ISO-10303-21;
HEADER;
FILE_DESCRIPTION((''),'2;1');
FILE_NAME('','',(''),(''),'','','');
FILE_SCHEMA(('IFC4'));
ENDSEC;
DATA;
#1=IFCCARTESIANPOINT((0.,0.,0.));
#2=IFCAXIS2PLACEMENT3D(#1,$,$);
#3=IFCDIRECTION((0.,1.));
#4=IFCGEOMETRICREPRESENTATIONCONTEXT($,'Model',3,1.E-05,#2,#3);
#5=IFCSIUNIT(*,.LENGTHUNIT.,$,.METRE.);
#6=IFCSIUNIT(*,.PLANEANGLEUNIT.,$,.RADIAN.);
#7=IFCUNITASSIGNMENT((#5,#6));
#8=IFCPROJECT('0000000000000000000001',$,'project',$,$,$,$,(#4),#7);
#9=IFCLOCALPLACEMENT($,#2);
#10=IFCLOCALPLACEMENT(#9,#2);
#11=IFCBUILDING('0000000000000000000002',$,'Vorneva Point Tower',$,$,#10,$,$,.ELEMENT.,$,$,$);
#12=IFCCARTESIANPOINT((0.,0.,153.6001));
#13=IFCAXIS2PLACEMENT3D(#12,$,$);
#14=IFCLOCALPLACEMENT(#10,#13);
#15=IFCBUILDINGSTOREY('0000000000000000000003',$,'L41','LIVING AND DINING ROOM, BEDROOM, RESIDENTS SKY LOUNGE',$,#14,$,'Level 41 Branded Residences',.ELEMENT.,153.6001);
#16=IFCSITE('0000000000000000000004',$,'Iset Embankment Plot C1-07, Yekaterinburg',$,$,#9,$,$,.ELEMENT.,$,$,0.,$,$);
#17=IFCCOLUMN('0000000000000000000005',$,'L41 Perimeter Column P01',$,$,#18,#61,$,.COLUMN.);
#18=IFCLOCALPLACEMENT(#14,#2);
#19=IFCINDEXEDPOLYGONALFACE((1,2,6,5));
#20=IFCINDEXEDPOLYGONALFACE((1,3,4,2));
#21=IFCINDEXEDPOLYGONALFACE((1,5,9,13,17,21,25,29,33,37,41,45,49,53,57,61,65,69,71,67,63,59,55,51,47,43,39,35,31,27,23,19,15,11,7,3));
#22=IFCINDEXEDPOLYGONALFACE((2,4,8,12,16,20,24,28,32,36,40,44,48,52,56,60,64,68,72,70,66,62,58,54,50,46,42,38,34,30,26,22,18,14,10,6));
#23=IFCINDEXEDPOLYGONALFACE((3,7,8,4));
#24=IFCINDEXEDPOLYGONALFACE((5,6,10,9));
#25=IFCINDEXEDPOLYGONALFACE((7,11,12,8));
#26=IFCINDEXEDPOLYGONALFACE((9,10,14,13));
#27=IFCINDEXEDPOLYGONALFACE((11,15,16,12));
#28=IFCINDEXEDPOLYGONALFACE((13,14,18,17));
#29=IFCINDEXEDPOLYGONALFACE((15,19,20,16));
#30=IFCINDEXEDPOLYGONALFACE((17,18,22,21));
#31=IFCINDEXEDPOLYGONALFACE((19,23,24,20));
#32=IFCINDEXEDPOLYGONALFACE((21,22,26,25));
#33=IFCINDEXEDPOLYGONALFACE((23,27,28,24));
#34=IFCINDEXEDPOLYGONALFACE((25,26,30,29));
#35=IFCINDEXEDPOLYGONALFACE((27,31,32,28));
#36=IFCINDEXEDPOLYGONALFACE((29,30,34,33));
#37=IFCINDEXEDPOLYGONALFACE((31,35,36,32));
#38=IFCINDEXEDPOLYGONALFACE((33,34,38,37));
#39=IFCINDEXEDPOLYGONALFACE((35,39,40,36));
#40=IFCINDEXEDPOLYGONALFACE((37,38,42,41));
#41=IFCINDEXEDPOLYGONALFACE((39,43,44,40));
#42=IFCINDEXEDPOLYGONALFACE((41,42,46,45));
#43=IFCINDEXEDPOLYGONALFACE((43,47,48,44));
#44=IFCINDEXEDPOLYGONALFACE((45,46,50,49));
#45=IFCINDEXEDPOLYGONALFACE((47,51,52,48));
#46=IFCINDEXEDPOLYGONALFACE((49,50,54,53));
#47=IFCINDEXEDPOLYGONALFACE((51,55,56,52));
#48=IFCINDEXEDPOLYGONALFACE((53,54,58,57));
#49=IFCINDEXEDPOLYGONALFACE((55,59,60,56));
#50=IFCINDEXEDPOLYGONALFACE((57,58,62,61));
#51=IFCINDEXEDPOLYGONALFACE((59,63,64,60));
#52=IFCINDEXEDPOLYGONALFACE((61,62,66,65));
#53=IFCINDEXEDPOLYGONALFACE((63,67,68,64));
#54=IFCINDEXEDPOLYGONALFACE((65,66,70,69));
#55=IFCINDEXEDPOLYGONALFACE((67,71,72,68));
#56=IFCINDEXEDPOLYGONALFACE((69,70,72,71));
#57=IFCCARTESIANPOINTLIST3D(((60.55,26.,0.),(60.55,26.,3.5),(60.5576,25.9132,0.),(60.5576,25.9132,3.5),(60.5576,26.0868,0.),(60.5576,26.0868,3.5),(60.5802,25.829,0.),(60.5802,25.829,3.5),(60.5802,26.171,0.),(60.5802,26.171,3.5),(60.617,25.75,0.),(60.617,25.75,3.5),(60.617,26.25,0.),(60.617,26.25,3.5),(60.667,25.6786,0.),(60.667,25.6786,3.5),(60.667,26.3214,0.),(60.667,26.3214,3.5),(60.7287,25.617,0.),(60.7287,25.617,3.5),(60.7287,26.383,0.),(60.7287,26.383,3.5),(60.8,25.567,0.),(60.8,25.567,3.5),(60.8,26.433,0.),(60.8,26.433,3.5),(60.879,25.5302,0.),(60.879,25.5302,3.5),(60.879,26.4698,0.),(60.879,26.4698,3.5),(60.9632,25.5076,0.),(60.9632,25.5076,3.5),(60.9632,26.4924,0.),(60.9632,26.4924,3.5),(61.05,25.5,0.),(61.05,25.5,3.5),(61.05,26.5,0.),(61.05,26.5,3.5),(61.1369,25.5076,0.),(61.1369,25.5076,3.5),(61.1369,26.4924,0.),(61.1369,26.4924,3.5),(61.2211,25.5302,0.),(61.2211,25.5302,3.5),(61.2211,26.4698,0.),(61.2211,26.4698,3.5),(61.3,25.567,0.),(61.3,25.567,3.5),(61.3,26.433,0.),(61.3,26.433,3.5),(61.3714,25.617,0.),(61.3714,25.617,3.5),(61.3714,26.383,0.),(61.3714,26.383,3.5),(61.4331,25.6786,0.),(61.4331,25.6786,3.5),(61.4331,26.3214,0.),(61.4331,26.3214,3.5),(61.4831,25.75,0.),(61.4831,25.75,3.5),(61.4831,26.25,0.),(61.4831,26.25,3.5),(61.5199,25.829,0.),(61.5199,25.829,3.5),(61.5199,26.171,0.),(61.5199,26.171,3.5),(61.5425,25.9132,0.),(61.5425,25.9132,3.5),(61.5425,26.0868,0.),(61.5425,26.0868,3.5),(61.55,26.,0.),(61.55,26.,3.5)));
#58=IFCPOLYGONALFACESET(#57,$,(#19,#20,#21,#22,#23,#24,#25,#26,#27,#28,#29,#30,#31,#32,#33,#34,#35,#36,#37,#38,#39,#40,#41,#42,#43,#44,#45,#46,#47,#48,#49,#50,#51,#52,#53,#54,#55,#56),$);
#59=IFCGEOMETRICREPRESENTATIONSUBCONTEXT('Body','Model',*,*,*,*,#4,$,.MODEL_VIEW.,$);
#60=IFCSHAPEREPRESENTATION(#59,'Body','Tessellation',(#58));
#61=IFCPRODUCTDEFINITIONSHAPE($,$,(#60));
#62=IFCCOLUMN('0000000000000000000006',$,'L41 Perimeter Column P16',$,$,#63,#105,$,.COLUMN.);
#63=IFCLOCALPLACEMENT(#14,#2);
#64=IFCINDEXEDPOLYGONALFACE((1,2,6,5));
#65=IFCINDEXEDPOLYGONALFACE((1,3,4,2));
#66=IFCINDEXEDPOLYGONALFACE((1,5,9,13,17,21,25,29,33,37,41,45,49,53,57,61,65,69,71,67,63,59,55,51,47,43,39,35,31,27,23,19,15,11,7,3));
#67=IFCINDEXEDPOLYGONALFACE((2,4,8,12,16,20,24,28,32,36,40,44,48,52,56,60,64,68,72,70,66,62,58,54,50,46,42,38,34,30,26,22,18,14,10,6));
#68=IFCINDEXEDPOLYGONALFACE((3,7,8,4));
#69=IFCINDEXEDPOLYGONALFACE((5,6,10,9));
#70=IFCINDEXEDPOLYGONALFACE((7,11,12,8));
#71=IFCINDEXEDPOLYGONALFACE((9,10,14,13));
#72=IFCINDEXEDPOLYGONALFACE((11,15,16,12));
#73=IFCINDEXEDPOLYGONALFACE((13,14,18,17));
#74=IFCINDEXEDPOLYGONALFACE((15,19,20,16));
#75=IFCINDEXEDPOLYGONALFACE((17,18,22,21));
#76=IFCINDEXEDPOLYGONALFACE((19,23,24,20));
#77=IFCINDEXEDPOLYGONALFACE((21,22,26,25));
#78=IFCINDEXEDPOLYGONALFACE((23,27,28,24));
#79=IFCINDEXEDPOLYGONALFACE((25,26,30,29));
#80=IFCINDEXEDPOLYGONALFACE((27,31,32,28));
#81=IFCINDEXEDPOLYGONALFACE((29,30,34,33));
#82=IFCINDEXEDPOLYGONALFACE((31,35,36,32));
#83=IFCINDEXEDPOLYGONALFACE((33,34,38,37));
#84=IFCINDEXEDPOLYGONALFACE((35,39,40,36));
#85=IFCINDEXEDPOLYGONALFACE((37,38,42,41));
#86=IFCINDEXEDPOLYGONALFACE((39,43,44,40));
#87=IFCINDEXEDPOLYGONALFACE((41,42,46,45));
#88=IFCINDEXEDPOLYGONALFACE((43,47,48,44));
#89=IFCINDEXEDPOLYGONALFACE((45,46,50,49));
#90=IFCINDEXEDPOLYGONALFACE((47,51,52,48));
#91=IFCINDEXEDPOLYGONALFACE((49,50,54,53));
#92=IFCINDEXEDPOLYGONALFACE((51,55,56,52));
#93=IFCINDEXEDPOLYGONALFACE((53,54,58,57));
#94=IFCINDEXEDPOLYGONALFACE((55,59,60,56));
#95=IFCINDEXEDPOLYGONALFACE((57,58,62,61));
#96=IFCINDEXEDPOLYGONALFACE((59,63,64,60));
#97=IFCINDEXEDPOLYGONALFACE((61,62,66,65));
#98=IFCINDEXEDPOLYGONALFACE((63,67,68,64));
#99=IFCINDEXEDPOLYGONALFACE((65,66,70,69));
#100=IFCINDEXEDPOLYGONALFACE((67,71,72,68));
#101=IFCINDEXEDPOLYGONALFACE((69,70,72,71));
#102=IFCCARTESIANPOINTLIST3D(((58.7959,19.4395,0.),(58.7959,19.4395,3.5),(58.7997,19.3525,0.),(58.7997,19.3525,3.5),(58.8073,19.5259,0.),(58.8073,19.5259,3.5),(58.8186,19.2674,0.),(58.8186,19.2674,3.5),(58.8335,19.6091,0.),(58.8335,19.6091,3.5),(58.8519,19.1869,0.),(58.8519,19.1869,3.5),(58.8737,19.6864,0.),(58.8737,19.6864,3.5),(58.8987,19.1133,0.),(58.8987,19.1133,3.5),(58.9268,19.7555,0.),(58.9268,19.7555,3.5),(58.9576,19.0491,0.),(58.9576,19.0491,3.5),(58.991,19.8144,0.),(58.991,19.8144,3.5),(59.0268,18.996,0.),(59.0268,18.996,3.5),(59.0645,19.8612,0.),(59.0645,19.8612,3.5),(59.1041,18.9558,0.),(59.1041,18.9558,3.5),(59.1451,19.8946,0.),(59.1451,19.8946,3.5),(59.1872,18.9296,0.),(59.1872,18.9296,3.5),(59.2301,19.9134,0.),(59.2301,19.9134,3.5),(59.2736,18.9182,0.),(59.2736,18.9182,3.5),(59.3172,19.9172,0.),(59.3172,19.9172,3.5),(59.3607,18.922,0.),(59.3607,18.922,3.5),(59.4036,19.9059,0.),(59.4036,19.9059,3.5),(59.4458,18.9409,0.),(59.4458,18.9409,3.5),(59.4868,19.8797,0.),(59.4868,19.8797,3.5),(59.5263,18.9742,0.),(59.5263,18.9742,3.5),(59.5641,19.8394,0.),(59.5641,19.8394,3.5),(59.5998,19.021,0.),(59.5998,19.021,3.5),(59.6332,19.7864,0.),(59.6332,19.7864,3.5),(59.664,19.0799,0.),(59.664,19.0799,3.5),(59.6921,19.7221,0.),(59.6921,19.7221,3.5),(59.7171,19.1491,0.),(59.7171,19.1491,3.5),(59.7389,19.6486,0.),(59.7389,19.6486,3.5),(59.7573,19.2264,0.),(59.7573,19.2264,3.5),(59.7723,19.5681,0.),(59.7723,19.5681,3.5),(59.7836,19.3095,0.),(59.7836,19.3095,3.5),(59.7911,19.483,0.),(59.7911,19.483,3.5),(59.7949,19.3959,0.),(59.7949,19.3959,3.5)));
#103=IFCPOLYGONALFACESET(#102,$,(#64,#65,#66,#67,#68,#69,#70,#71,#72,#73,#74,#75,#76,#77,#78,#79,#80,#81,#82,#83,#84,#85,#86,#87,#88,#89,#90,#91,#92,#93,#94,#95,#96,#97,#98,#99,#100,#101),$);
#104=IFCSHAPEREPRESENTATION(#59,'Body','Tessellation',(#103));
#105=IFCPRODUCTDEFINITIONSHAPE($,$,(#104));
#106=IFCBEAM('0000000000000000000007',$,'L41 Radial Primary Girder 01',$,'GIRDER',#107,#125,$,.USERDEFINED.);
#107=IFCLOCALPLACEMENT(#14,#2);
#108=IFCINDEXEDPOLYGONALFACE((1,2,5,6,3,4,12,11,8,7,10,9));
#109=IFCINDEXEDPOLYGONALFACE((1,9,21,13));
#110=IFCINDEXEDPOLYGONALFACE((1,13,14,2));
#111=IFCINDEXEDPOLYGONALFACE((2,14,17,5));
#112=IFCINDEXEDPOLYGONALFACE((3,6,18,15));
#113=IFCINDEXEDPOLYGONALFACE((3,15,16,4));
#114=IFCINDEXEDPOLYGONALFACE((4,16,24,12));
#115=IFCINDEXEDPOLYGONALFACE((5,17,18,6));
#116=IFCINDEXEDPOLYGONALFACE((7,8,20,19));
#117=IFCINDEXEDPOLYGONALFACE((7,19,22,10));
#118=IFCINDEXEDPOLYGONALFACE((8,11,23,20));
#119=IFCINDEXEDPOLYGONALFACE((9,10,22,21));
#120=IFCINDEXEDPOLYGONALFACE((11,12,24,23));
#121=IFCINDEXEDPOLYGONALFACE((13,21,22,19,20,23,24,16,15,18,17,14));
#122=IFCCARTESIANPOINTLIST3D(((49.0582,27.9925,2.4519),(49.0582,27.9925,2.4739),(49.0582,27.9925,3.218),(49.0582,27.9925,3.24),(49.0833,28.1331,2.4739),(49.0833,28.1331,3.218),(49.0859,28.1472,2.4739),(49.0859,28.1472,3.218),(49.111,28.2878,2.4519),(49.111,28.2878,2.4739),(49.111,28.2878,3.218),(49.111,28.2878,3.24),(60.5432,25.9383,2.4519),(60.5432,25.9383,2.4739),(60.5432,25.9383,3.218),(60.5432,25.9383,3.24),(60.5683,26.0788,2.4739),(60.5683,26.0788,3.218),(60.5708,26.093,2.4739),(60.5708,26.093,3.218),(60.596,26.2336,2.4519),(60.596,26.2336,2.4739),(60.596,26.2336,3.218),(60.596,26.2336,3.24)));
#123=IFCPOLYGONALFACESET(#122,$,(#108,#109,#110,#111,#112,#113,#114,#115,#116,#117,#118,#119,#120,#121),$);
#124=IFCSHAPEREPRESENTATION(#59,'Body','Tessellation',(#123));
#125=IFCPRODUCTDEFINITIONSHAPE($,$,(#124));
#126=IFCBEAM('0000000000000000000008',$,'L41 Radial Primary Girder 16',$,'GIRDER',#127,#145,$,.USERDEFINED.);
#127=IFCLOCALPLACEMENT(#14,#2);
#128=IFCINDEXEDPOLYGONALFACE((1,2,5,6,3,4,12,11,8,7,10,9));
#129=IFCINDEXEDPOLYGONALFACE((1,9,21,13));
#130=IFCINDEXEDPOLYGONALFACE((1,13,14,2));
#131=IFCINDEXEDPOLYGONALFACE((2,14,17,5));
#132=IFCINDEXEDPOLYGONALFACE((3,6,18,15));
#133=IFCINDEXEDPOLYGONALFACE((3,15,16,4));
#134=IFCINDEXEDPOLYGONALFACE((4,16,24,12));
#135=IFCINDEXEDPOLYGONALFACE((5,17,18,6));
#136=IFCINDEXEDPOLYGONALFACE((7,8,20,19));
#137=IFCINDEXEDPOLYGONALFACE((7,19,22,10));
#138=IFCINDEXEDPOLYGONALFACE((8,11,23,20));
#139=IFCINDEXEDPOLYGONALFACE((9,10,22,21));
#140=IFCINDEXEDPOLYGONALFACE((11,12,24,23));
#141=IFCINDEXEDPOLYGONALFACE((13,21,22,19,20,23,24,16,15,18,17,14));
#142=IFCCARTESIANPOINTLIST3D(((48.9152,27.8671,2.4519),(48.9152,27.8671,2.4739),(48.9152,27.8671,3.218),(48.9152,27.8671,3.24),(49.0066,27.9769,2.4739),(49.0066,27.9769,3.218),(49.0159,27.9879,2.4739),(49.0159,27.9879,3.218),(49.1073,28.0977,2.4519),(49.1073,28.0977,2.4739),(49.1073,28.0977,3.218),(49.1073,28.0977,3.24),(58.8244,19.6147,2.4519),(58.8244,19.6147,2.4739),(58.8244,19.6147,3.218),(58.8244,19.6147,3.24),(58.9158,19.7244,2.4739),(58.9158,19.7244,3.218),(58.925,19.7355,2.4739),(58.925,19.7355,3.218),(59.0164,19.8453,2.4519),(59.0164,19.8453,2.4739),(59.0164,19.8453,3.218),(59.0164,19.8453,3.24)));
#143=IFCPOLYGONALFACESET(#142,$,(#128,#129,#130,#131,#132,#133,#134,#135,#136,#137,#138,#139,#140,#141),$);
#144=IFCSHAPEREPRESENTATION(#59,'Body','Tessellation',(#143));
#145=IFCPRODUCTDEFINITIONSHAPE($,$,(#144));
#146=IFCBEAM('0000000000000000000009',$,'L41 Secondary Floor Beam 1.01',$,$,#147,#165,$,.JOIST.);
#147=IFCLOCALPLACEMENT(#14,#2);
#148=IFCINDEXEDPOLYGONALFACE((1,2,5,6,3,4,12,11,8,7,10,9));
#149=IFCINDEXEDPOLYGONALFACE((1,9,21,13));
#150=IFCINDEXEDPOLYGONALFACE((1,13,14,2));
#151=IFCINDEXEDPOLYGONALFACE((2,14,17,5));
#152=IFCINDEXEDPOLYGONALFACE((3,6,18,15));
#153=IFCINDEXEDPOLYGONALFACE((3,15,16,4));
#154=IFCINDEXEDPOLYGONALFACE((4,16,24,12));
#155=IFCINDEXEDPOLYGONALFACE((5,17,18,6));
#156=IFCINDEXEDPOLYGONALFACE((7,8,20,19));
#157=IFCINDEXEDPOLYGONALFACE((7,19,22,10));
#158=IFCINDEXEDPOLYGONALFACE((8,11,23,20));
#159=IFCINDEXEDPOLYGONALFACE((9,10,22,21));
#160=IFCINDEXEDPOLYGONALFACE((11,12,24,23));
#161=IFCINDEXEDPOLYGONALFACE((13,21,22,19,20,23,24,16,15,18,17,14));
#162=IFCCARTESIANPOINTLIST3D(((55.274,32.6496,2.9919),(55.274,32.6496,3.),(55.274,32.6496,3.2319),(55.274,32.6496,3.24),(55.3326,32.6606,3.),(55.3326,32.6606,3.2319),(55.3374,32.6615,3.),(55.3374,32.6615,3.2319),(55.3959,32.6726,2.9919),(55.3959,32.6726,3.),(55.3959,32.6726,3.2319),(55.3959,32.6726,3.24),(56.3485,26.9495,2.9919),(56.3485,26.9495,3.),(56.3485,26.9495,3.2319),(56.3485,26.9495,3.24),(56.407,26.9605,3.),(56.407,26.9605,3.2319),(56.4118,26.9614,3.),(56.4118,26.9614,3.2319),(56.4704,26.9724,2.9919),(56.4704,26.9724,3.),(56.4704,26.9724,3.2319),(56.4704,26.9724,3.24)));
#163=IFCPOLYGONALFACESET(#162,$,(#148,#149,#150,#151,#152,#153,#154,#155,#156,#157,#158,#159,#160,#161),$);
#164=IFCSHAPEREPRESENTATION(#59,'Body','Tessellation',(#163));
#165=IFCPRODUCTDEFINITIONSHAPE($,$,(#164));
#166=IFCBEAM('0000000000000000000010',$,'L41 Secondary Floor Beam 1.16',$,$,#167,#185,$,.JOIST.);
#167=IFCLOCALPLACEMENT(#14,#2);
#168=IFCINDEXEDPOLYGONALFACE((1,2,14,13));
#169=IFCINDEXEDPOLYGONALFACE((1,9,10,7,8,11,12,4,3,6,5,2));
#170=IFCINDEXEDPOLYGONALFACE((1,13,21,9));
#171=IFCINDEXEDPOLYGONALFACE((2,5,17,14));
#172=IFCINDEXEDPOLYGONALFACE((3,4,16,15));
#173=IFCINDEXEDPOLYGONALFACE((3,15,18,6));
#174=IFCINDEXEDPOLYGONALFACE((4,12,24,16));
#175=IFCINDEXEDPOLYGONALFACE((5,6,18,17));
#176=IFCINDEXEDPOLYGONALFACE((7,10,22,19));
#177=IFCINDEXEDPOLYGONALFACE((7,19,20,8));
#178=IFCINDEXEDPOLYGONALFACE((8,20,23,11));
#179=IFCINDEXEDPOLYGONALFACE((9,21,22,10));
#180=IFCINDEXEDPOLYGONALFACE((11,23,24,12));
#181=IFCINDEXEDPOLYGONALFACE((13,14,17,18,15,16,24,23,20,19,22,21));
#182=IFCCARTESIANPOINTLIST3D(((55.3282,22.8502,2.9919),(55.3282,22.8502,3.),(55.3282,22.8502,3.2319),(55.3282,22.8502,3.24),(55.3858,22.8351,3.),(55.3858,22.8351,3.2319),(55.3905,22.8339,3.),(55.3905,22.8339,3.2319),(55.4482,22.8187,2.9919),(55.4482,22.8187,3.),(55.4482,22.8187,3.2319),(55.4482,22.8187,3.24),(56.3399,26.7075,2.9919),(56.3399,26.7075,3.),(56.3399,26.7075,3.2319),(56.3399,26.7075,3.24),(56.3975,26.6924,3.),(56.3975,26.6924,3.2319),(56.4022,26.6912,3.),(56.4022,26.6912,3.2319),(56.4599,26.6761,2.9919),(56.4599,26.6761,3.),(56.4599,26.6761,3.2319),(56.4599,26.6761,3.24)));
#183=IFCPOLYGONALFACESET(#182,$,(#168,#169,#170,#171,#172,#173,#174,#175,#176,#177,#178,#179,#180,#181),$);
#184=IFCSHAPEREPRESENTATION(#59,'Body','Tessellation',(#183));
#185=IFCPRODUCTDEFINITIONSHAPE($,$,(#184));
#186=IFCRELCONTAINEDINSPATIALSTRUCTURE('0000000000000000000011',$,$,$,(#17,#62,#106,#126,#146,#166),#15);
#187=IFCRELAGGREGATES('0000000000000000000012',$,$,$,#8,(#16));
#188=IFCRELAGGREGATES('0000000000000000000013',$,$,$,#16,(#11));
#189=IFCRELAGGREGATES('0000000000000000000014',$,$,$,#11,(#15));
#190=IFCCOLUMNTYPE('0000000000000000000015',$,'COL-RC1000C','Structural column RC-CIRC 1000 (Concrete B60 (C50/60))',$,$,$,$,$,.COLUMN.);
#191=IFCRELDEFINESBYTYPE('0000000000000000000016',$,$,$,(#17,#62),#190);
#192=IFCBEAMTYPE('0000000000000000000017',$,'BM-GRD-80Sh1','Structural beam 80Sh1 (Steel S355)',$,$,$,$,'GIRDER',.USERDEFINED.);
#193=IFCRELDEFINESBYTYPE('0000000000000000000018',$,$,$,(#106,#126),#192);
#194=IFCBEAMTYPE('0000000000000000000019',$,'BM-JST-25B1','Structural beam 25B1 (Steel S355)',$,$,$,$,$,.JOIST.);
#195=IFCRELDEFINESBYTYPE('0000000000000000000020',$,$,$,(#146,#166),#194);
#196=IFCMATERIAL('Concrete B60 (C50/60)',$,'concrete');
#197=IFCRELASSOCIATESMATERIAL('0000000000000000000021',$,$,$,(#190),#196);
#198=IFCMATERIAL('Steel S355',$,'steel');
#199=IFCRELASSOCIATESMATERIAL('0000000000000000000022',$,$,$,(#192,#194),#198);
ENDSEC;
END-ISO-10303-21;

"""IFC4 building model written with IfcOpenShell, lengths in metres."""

from ifc_helpers import new_model, si_unit, direction, frame, origin, origin_2d, place, context, subcontext, project, spatial, circle, i_section, extrude, material, material_profile, profile_set, type_object, element, save


model = new_model("IFC4")

# Units and contexts
model_context = context("Model", 3, precision=1e-05, world=origin(), true_north=direction((0.0, 1.0)))
body_context = subcontext(model_context, "Body", "Model", "MODEL_VIEW")
ifc_project = project(units=[si_unit("LENGTHUNIT", "METRE"), si_unit("PLANEANGLEUNIT", "RADIAN")], contexts=[model_context])

# Site, building, storey
site_placement = place(None, origin())
site = spatial("IfcSite", under=ifc_project, at=site_placement, Name="Iset Embankment Plot C1-07, Yekaterinburg", CompositionType="ELEMENT", RefElevation=0.0)
building_placement = place(site_placement, origin())
building = spatial("IfcBuilding", under=site, at=building_placement, Name="Vorneva Point Tower", CompositionType="ELEMENT")
storey_placement = place(building_placement, frame((0.0, 0.0, 153.6001)))
storey = spatial("IfcBuildingStorey", under=building, at=storey_placement, Name="L41", Description="LIVING AND DINING ROOM, BEDROOM, RESIDENTS SKY LOUNGE", LongName="Level 41 Branded Residences", CompositionType="ELEMENT", Elevation=153.6001)

# Columns
ifc_material_1 = material(Name="Concrete B60 (C50/60)", Category="concrete")
ifc_material_profile_1 = material_profile(ifc_material_1, circle(Radius=0.5, at=origin_2d()), Name="RC-CIRC 1000")
ifc_profile_set_1 = profile_set([ifc_material_profile_1], Name="Concrete B60 (C50/60)")
column_type = type_object("IfcColumnType", Name="COL-RC1000C", Description="Structural column RC-CIRC 1000 (Concrete B60 (C50/60))", PredefinedType="COLUMN", material=ifc_profile_set_1)
for number, where, z_axis, x_axis, name in (
    (1, (61.05, 26.0, 0.0), (0.0, 0.0, 1.0), (1.0, 0.0, 0.0), "L41 Perimeter Column P01"),
    (2, (59.2954, 19.4177, 0.0), (0.0, 0.0, 1.0), (0.92388, -0.382683, 0.0), "L41 Perimeter Column P16"),
):
    element("IfcColumn", number, at=place(storey_placement, frame(where, z_axis=z_axis, x_axis=x_axis)), inside=storey, type_object=column_type, Name=name, PredefinedType="COLUMN", context=body_context, shape_type="SweptSolid", body=[
        extrude(circle(Radius=0.5, at=origin_2d()), origin(), (0.0, 0.0, 1.0), 3.5),
    ])

# Beams
ifc_material_2 = material(Name="Steel S355", Category="steel")
ifc_material_profile_2 = material_profile(ifc_material_2, i_section(OverallWidth=0.3, OverallDepth=0.7881, WebThickness=0.0144, FlangeThickness=0.022, at=origin_2d()), Name="80Sh1")
ifc_profile_set_2 = profile_set([ifc_material_profile_2], Name="Steel S355")
beam_type_1 = type_object("IfcBeamType", Name="BM-GRD-80Sh1", Description="Structural beam 80Sh1 (Steel S355)", ElementType="GIRDER", PredefinedType="USERDEFINED", material=ifc_profile_set_2)
beam_1_placement = place(storey_placement, frame((60.5696, 26.0859, 2.8459), z_axis=(-0.984378, 0.176067, 0.0), x_axis=(-0.176067, -0.984378, 0.0)))
element("IfcBeam", 3, at=beam_1_placement, inside=storey, type_object=beam_type_1, Name="L41 Radial Primary Girder 01", ObjectType="GIRDER", PredefinedType="USERDEFINED", context=body_context, shape_type="SweptSolid", body=[
    extrude(i_section(OverallWidth=0.3, OverallDepth=0.7881, WebThickness=0.0144, FlangeThickness=0.022, at=origin_2d()), origin(), (0.0, 0.0, 1.0), 11.6672),
])
beam_2_placement = place(storey_placement, frame((58.9204, 19.73, 2.8459), z_axis=(-0.76842, 0.639946, 0.0), x_axis=(-0.639946, -0.76842, 0.0)))
element("IfcBeam", 4, at=beam_2_placement, inside=storey, type_object=beam_type_1, Name="L41 Radial Primary Girder 16", ObjectType="GIRDER", PredefinedType="USERDEFINED", context=body_context, shape_type="SweptSolid", body=[
    extrude(i_section(OverallWidth=0.3, OverallDepth=0.7881, WebThickness=0.0144, FlangeThickness=0.022, at=origin_2d()), origin(), (0.0, 0.0, 1.0), 12.8955),
])
ifc_material_profile_3 = material_profile(ifc_material_2, i_section(OverallWidth=0.124, OverallDepth=0.248, WebThickness=0.0049, FlangeThickness=0.0081, at=origin_2d()), Name="25B1")
ifc_profile_set_3 = profile_set([ifc_material_profile_3], Name="Steel S355")
beam_type_2 = type_object("IfcBeamType", Name="BM-JST-25B1", Description="Structural beam 25B1 (Steel S355)", PredefinedType="JOIST", material=ifc_profile_set_3)
beam_3_placement = place(storey_placement, frame((56.4094, 26.9609, 3.116), z_axis=(-0.185234, 0.982694, 0.0), x_axis=(-0.982694, -0.185234, 0.0)))
element("IfcBeam", 5, at=beam_3_placement, inside=storey, type_object=beam_type_2, Name="L41 Secondary Floor Beam 1.01", PredefinedType="JOIST", context=body_context, shape_type="SweptSolid", body=[
    extrude(i_section(OverallWidth=0.124, OverallDepth=0.248, WebThickness=0.0049, FlangeThickness=0.0081, at=origin_2d()), origin(), (0.0, 0.0, 1.0), 5.8005),
])
beam_4_placement = place(storey_placement, frame((55.3882, 22.8345, 3.116), z_axis=(0.253698, 0.967284, 0.0), x_axis=(-0.967284, 0.253698, 0.0)))
element("IfcBeam", 6, at=beam_4_placement, inside=storey, type_object=beam_type_2, Name="L41 Secondary Floor Beam 1.16", PredefinedType="JOIST", context=body_context, shape_type="SweptSolid", body=[
    extrude(i_section(OverallWidth=0.124, OverallDepth=0.248, WebThickness=0.0049, FlangeThickness=0.0081, at=origin_2d()), origin(), (0.0, 0.0, 1.0), 3.9878),
])

save(model, "model.ifc")
